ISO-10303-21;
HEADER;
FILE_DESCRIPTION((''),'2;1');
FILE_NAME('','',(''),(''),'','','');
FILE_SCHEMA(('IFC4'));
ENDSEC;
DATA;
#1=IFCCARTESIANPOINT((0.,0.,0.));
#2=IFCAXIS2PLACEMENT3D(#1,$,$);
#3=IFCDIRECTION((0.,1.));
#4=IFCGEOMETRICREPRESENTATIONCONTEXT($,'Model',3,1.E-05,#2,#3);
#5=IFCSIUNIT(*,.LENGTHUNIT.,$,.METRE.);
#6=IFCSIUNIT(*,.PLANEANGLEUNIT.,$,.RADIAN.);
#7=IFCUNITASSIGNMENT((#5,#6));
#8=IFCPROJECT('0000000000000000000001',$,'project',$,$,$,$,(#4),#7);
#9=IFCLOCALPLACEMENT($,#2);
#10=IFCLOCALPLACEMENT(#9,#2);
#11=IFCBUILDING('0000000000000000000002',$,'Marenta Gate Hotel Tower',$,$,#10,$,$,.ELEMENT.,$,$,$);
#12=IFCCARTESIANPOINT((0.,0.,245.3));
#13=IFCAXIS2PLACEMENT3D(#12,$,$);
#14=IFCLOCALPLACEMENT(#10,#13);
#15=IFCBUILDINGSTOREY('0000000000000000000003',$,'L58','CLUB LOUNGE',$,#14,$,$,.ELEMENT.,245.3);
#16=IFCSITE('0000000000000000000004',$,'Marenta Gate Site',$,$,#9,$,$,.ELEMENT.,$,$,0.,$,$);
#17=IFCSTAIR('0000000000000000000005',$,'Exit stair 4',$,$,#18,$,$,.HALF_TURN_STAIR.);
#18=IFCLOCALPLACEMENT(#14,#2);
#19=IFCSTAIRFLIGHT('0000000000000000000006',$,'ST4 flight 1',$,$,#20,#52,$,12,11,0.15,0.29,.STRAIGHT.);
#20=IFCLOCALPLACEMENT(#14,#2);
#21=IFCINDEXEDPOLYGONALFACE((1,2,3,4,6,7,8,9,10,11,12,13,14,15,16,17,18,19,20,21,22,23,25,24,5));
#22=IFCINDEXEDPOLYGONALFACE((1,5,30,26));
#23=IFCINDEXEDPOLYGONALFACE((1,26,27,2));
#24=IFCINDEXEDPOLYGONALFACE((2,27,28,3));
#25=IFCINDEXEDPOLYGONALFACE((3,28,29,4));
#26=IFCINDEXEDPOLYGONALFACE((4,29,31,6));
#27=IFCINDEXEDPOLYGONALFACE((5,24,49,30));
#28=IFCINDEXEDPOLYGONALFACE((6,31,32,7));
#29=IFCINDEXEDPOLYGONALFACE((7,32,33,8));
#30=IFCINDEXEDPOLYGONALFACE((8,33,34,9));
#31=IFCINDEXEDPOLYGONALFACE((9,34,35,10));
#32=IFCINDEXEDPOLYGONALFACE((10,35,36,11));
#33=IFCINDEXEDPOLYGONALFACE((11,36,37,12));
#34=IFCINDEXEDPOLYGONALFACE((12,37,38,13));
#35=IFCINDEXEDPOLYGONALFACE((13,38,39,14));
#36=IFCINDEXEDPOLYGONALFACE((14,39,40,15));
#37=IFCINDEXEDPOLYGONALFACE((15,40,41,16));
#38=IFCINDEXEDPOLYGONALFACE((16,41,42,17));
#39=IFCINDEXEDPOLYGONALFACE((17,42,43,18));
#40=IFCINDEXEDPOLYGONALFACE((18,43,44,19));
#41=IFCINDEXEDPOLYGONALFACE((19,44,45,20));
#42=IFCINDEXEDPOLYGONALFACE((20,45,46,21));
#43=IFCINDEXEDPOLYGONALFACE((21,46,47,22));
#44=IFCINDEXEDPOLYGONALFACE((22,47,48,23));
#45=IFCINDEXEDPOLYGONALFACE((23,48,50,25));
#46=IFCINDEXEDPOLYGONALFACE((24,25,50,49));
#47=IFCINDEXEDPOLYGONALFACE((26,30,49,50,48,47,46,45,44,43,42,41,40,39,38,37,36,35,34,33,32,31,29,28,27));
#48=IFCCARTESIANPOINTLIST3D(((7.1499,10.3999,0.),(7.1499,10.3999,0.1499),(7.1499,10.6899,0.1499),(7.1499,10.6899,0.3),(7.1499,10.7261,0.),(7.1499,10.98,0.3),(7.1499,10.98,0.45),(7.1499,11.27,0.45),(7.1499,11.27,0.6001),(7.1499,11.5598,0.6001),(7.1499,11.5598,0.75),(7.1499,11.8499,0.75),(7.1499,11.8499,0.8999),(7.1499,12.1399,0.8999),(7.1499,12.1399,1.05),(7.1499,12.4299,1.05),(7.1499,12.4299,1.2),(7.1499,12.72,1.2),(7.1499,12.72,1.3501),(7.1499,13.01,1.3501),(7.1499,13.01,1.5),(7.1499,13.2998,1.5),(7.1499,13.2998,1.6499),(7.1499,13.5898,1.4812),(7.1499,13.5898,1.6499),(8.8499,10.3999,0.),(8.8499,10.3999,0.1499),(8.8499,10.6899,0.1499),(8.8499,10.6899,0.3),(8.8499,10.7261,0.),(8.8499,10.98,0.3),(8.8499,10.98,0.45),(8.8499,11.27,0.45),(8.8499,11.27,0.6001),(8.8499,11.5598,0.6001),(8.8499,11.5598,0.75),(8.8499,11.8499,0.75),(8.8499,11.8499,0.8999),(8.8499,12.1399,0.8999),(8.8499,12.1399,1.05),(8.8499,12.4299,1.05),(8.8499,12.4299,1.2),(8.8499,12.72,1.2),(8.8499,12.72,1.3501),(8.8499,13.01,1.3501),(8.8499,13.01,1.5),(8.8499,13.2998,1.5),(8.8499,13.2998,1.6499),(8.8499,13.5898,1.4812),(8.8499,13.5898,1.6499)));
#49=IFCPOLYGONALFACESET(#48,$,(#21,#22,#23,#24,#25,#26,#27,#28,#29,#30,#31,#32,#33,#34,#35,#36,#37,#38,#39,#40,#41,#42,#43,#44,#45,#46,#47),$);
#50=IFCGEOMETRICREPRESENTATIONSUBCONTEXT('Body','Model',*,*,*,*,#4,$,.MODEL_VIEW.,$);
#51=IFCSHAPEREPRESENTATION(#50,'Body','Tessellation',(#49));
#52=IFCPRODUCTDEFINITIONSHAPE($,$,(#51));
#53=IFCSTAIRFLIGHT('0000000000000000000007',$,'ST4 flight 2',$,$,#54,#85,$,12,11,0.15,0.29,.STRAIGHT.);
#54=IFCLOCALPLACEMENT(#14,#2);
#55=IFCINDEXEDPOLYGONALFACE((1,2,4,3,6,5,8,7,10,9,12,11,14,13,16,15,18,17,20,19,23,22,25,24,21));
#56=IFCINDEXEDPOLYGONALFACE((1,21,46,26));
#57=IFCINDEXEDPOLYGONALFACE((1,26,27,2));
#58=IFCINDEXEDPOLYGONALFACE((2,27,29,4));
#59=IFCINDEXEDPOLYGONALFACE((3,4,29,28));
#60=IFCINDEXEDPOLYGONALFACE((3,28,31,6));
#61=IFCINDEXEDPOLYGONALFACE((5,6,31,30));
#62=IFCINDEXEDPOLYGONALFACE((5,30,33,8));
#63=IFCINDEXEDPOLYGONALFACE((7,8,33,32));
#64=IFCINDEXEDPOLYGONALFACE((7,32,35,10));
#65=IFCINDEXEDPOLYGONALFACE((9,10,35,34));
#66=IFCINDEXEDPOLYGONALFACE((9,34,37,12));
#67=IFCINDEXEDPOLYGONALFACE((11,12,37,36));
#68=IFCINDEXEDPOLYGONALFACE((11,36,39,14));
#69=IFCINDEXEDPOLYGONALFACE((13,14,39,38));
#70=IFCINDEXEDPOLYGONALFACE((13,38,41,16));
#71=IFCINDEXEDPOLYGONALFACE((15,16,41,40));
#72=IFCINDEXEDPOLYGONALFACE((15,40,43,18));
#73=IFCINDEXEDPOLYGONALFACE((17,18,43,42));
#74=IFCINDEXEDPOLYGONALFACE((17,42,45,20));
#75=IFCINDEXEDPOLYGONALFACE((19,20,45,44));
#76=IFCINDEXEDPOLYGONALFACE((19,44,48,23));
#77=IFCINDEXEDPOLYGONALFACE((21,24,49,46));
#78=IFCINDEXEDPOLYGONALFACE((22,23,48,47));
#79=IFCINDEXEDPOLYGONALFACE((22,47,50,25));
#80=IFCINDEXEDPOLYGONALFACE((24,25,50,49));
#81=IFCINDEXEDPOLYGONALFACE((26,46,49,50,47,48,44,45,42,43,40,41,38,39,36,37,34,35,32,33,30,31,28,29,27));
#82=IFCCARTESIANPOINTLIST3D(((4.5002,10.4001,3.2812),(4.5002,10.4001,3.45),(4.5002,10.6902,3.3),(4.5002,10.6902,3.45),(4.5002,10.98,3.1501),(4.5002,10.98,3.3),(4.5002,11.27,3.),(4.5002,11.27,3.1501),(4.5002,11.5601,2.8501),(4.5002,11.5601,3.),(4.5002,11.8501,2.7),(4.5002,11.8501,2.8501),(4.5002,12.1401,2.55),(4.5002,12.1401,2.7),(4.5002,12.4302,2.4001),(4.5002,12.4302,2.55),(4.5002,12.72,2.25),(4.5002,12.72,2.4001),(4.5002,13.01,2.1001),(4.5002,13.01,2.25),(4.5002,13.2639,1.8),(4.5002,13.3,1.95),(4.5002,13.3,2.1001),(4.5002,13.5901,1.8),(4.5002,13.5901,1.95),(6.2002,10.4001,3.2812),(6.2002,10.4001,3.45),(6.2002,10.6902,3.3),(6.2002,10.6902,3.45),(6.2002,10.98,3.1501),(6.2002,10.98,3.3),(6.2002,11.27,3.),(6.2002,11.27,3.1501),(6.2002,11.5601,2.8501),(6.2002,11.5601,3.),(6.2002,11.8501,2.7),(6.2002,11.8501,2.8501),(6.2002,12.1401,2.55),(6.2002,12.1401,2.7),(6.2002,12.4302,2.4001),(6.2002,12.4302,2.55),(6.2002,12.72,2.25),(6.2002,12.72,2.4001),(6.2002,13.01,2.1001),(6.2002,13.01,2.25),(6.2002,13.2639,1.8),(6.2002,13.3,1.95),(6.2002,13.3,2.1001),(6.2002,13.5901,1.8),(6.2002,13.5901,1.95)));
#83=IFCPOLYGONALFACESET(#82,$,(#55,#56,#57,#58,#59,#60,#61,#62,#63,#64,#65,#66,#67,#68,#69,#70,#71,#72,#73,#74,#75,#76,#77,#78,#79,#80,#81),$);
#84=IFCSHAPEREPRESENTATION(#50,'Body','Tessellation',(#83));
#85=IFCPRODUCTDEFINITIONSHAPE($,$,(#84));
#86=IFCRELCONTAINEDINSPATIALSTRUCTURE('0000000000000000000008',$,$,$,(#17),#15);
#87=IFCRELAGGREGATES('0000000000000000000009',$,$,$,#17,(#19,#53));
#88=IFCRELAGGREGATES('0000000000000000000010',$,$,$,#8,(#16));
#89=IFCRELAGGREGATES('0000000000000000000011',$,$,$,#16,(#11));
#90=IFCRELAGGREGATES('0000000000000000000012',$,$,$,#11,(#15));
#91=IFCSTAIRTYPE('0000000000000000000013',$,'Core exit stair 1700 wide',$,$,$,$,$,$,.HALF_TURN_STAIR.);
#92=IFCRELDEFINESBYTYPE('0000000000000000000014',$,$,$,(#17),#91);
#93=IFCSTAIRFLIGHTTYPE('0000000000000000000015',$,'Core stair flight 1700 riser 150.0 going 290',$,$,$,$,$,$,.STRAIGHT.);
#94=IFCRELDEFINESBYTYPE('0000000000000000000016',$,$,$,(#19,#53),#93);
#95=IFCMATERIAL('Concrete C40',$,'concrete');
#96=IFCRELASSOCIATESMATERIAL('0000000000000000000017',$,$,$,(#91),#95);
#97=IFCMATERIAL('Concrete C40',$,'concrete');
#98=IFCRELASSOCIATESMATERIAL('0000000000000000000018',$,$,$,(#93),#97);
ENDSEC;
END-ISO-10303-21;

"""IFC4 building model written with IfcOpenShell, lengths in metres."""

from ifc_helpers import new_model, si_unit, direction, frame, origin, place, context, subcontext, project, spatial, polyline, outline, extrude, material, type_object, element, aggregate, save


model = new_model("IFC4")

# Units and contexts
model_context = context("Model", 3, precision=1e-05, world=origin(), true_north=direction((0.0, 1.0)))
body_context = subcontext(model_context, "Body", "Model", "MODEL_VIEW")
ifc_project = project(units=[si_unit("LENGTHUNIT", "METRE"), si_unit("PLANEANGLEUNIT", "RADIAN")], contexts=[model_context])

# Site, building, storey
site_placement = place(None, origin())
site = spatial("IfcSite", under=ifc_project, at=site_placement, Name="Marenta Gate Site", CompositionType="ELEMENT", RefElevation=0.0)
building_placement = place(site_placement, origin())
building = spatial("IfcBuilding", under=site, at=building_placement, Name="Marenta Gate Hotel Tower", CompositionType="ELEMENT")
storey_placement = place(building_placement, frame((0.0, 0.0, 245.3)))
storey = spatial("IfcBuildingStorey", under=building, at=storey_placement, Name="L58", Description="CLUB LOUNGE", CompositionType="ELEMENT", Elevation=245.3)

# Stair, stair flights
ifc_material_1 = material(Name="Concrete C40", Category="concrete")
stair_type = type_object("IfcStairType", Name="Core exit stair 1700 wide", PredefinedType="HALF_TURN_STAIR", material=ifc_material_1)
stair_placement = place(storey_placement, origin())
stair = element("IfcStair", 1, at=stair_placement, inside=storey, type_object=stair_type, Name="Exit stair 4", PredefinedType="HALF_TURN_STAIR")
ifc_material_2 = material(Name="Concrete C40", Category="concrete")
stair_flight_type = type_object("IfcStairFlightType", Name="Core stair flight 1700 riser 150.0 going 290", PredefinedType="STRAIGHT", material=ifc_material_2)
stair_flight_1_placement = place(storey_placement, frame((8.0, 10.3999, 0.0), z_axis=(0.0, 0.0, 1.0), x_axis=(0.0, 1.0, 0.0)))
stair_flight_1 = element("IfcStairFlight", 2, at=stair_flight_1_placement, type_object=stair_flight_type, Name="ST4 flight 1", NumberOfRisers=12, NumberOfTreads=11, PredefinedType="STRAIGHT", RiserHeight=0.15, TreadLength=0.29, context=body_context, shape_type="SweptSolid", body=[
    extrude(outline(polyline([(0.0, 0.0), (0.0, 0.1499), (0.29, 0.1499), (0.29, 0.3), (0.5801, 0.3), (0.5801, 0.45), (0.8701, 0.45), (0.8701, 0.6001), (1.1599, 0.6001), (1.1599, 0.75), (1.45, 0.75), (1.45, 0.8999), (1.74, 0.8999), (1.74, 1.05), (2.03, 1.05), (2.03, 1.2), (2.3201, 1.2), (2.3201, 1.3501), (2.6101, 1.3501), (2.6101, 1.5), (2.8999, 1.5), (2.8999, 1.6499), (3.1899, 1.6499), (3.1899, 1.8), (3.1899, 1.4812), (0.3262, 0.0), (0.0, 0.0)])), frame((0.0, 0.8501, 0.0), z_axis=(0.0, -1.0, 0.0), x_axis=(1.0, 0.0, 0.0)), (0.0, 0.0, 1.0), 1.7),
])
stair_flight_2_placement = place(storey_placement, frame((5.3501, 13.5901, 1.8), z_axis=(0.0, 0.0, 1.0), x_axis=(0.0, -1.0, 0.0)))
stair_flight_2 = element("IfcStairFlight", 3, at=stair_flight_2_placement, type_object=stair_flight_type, Name="ST4 flight 2", NumberOfRisers=12, NumberOfTreads=11, PredefinedType="STRAIGHT", RiserHeight=0.15, TreadLength=0.29, context=body_context, shape_type="SweptSolid", body=[
    extrude(outline(polyline([(0.0, 0.0), (0.0, 0.1499), (0.29, 0.1499), (0.29, 0.3), (0.5801, 0.3), (0.5801, 0.45), (0.8701, 0.45), (0.8701, 0.6001), (1.1599, 0.6001), (1.1599, 0.75), (1.45, 0.75), (1.45, 0.8999), (1.74, 0.8999), (1.74, 1.05), (2.03, 1.05), (2.03, 1.2), (2.3201, 1.2), (2.3201, 1.3501), (2.6101, 1.3501), (2.6101, 1.5), (2.8999, 1.5), (2.8999, 1.6499), (3.1899, 1.6499), (3.1899, 1.8), (3.1899, 1.4812), (0.3262, 0.0), (0.0, 0.0)])), frame((0.0, 0.8501, 0.0), z_axis=(0.0, -1.0, 0.0), x_axis=(1.0, 0.0, 0.0)), (0.0, 0.0, 1.0), 1.7),
])
aggregate(stair, [stair_flight_1, stair_flight_2])

save(model, "model.ifc")
